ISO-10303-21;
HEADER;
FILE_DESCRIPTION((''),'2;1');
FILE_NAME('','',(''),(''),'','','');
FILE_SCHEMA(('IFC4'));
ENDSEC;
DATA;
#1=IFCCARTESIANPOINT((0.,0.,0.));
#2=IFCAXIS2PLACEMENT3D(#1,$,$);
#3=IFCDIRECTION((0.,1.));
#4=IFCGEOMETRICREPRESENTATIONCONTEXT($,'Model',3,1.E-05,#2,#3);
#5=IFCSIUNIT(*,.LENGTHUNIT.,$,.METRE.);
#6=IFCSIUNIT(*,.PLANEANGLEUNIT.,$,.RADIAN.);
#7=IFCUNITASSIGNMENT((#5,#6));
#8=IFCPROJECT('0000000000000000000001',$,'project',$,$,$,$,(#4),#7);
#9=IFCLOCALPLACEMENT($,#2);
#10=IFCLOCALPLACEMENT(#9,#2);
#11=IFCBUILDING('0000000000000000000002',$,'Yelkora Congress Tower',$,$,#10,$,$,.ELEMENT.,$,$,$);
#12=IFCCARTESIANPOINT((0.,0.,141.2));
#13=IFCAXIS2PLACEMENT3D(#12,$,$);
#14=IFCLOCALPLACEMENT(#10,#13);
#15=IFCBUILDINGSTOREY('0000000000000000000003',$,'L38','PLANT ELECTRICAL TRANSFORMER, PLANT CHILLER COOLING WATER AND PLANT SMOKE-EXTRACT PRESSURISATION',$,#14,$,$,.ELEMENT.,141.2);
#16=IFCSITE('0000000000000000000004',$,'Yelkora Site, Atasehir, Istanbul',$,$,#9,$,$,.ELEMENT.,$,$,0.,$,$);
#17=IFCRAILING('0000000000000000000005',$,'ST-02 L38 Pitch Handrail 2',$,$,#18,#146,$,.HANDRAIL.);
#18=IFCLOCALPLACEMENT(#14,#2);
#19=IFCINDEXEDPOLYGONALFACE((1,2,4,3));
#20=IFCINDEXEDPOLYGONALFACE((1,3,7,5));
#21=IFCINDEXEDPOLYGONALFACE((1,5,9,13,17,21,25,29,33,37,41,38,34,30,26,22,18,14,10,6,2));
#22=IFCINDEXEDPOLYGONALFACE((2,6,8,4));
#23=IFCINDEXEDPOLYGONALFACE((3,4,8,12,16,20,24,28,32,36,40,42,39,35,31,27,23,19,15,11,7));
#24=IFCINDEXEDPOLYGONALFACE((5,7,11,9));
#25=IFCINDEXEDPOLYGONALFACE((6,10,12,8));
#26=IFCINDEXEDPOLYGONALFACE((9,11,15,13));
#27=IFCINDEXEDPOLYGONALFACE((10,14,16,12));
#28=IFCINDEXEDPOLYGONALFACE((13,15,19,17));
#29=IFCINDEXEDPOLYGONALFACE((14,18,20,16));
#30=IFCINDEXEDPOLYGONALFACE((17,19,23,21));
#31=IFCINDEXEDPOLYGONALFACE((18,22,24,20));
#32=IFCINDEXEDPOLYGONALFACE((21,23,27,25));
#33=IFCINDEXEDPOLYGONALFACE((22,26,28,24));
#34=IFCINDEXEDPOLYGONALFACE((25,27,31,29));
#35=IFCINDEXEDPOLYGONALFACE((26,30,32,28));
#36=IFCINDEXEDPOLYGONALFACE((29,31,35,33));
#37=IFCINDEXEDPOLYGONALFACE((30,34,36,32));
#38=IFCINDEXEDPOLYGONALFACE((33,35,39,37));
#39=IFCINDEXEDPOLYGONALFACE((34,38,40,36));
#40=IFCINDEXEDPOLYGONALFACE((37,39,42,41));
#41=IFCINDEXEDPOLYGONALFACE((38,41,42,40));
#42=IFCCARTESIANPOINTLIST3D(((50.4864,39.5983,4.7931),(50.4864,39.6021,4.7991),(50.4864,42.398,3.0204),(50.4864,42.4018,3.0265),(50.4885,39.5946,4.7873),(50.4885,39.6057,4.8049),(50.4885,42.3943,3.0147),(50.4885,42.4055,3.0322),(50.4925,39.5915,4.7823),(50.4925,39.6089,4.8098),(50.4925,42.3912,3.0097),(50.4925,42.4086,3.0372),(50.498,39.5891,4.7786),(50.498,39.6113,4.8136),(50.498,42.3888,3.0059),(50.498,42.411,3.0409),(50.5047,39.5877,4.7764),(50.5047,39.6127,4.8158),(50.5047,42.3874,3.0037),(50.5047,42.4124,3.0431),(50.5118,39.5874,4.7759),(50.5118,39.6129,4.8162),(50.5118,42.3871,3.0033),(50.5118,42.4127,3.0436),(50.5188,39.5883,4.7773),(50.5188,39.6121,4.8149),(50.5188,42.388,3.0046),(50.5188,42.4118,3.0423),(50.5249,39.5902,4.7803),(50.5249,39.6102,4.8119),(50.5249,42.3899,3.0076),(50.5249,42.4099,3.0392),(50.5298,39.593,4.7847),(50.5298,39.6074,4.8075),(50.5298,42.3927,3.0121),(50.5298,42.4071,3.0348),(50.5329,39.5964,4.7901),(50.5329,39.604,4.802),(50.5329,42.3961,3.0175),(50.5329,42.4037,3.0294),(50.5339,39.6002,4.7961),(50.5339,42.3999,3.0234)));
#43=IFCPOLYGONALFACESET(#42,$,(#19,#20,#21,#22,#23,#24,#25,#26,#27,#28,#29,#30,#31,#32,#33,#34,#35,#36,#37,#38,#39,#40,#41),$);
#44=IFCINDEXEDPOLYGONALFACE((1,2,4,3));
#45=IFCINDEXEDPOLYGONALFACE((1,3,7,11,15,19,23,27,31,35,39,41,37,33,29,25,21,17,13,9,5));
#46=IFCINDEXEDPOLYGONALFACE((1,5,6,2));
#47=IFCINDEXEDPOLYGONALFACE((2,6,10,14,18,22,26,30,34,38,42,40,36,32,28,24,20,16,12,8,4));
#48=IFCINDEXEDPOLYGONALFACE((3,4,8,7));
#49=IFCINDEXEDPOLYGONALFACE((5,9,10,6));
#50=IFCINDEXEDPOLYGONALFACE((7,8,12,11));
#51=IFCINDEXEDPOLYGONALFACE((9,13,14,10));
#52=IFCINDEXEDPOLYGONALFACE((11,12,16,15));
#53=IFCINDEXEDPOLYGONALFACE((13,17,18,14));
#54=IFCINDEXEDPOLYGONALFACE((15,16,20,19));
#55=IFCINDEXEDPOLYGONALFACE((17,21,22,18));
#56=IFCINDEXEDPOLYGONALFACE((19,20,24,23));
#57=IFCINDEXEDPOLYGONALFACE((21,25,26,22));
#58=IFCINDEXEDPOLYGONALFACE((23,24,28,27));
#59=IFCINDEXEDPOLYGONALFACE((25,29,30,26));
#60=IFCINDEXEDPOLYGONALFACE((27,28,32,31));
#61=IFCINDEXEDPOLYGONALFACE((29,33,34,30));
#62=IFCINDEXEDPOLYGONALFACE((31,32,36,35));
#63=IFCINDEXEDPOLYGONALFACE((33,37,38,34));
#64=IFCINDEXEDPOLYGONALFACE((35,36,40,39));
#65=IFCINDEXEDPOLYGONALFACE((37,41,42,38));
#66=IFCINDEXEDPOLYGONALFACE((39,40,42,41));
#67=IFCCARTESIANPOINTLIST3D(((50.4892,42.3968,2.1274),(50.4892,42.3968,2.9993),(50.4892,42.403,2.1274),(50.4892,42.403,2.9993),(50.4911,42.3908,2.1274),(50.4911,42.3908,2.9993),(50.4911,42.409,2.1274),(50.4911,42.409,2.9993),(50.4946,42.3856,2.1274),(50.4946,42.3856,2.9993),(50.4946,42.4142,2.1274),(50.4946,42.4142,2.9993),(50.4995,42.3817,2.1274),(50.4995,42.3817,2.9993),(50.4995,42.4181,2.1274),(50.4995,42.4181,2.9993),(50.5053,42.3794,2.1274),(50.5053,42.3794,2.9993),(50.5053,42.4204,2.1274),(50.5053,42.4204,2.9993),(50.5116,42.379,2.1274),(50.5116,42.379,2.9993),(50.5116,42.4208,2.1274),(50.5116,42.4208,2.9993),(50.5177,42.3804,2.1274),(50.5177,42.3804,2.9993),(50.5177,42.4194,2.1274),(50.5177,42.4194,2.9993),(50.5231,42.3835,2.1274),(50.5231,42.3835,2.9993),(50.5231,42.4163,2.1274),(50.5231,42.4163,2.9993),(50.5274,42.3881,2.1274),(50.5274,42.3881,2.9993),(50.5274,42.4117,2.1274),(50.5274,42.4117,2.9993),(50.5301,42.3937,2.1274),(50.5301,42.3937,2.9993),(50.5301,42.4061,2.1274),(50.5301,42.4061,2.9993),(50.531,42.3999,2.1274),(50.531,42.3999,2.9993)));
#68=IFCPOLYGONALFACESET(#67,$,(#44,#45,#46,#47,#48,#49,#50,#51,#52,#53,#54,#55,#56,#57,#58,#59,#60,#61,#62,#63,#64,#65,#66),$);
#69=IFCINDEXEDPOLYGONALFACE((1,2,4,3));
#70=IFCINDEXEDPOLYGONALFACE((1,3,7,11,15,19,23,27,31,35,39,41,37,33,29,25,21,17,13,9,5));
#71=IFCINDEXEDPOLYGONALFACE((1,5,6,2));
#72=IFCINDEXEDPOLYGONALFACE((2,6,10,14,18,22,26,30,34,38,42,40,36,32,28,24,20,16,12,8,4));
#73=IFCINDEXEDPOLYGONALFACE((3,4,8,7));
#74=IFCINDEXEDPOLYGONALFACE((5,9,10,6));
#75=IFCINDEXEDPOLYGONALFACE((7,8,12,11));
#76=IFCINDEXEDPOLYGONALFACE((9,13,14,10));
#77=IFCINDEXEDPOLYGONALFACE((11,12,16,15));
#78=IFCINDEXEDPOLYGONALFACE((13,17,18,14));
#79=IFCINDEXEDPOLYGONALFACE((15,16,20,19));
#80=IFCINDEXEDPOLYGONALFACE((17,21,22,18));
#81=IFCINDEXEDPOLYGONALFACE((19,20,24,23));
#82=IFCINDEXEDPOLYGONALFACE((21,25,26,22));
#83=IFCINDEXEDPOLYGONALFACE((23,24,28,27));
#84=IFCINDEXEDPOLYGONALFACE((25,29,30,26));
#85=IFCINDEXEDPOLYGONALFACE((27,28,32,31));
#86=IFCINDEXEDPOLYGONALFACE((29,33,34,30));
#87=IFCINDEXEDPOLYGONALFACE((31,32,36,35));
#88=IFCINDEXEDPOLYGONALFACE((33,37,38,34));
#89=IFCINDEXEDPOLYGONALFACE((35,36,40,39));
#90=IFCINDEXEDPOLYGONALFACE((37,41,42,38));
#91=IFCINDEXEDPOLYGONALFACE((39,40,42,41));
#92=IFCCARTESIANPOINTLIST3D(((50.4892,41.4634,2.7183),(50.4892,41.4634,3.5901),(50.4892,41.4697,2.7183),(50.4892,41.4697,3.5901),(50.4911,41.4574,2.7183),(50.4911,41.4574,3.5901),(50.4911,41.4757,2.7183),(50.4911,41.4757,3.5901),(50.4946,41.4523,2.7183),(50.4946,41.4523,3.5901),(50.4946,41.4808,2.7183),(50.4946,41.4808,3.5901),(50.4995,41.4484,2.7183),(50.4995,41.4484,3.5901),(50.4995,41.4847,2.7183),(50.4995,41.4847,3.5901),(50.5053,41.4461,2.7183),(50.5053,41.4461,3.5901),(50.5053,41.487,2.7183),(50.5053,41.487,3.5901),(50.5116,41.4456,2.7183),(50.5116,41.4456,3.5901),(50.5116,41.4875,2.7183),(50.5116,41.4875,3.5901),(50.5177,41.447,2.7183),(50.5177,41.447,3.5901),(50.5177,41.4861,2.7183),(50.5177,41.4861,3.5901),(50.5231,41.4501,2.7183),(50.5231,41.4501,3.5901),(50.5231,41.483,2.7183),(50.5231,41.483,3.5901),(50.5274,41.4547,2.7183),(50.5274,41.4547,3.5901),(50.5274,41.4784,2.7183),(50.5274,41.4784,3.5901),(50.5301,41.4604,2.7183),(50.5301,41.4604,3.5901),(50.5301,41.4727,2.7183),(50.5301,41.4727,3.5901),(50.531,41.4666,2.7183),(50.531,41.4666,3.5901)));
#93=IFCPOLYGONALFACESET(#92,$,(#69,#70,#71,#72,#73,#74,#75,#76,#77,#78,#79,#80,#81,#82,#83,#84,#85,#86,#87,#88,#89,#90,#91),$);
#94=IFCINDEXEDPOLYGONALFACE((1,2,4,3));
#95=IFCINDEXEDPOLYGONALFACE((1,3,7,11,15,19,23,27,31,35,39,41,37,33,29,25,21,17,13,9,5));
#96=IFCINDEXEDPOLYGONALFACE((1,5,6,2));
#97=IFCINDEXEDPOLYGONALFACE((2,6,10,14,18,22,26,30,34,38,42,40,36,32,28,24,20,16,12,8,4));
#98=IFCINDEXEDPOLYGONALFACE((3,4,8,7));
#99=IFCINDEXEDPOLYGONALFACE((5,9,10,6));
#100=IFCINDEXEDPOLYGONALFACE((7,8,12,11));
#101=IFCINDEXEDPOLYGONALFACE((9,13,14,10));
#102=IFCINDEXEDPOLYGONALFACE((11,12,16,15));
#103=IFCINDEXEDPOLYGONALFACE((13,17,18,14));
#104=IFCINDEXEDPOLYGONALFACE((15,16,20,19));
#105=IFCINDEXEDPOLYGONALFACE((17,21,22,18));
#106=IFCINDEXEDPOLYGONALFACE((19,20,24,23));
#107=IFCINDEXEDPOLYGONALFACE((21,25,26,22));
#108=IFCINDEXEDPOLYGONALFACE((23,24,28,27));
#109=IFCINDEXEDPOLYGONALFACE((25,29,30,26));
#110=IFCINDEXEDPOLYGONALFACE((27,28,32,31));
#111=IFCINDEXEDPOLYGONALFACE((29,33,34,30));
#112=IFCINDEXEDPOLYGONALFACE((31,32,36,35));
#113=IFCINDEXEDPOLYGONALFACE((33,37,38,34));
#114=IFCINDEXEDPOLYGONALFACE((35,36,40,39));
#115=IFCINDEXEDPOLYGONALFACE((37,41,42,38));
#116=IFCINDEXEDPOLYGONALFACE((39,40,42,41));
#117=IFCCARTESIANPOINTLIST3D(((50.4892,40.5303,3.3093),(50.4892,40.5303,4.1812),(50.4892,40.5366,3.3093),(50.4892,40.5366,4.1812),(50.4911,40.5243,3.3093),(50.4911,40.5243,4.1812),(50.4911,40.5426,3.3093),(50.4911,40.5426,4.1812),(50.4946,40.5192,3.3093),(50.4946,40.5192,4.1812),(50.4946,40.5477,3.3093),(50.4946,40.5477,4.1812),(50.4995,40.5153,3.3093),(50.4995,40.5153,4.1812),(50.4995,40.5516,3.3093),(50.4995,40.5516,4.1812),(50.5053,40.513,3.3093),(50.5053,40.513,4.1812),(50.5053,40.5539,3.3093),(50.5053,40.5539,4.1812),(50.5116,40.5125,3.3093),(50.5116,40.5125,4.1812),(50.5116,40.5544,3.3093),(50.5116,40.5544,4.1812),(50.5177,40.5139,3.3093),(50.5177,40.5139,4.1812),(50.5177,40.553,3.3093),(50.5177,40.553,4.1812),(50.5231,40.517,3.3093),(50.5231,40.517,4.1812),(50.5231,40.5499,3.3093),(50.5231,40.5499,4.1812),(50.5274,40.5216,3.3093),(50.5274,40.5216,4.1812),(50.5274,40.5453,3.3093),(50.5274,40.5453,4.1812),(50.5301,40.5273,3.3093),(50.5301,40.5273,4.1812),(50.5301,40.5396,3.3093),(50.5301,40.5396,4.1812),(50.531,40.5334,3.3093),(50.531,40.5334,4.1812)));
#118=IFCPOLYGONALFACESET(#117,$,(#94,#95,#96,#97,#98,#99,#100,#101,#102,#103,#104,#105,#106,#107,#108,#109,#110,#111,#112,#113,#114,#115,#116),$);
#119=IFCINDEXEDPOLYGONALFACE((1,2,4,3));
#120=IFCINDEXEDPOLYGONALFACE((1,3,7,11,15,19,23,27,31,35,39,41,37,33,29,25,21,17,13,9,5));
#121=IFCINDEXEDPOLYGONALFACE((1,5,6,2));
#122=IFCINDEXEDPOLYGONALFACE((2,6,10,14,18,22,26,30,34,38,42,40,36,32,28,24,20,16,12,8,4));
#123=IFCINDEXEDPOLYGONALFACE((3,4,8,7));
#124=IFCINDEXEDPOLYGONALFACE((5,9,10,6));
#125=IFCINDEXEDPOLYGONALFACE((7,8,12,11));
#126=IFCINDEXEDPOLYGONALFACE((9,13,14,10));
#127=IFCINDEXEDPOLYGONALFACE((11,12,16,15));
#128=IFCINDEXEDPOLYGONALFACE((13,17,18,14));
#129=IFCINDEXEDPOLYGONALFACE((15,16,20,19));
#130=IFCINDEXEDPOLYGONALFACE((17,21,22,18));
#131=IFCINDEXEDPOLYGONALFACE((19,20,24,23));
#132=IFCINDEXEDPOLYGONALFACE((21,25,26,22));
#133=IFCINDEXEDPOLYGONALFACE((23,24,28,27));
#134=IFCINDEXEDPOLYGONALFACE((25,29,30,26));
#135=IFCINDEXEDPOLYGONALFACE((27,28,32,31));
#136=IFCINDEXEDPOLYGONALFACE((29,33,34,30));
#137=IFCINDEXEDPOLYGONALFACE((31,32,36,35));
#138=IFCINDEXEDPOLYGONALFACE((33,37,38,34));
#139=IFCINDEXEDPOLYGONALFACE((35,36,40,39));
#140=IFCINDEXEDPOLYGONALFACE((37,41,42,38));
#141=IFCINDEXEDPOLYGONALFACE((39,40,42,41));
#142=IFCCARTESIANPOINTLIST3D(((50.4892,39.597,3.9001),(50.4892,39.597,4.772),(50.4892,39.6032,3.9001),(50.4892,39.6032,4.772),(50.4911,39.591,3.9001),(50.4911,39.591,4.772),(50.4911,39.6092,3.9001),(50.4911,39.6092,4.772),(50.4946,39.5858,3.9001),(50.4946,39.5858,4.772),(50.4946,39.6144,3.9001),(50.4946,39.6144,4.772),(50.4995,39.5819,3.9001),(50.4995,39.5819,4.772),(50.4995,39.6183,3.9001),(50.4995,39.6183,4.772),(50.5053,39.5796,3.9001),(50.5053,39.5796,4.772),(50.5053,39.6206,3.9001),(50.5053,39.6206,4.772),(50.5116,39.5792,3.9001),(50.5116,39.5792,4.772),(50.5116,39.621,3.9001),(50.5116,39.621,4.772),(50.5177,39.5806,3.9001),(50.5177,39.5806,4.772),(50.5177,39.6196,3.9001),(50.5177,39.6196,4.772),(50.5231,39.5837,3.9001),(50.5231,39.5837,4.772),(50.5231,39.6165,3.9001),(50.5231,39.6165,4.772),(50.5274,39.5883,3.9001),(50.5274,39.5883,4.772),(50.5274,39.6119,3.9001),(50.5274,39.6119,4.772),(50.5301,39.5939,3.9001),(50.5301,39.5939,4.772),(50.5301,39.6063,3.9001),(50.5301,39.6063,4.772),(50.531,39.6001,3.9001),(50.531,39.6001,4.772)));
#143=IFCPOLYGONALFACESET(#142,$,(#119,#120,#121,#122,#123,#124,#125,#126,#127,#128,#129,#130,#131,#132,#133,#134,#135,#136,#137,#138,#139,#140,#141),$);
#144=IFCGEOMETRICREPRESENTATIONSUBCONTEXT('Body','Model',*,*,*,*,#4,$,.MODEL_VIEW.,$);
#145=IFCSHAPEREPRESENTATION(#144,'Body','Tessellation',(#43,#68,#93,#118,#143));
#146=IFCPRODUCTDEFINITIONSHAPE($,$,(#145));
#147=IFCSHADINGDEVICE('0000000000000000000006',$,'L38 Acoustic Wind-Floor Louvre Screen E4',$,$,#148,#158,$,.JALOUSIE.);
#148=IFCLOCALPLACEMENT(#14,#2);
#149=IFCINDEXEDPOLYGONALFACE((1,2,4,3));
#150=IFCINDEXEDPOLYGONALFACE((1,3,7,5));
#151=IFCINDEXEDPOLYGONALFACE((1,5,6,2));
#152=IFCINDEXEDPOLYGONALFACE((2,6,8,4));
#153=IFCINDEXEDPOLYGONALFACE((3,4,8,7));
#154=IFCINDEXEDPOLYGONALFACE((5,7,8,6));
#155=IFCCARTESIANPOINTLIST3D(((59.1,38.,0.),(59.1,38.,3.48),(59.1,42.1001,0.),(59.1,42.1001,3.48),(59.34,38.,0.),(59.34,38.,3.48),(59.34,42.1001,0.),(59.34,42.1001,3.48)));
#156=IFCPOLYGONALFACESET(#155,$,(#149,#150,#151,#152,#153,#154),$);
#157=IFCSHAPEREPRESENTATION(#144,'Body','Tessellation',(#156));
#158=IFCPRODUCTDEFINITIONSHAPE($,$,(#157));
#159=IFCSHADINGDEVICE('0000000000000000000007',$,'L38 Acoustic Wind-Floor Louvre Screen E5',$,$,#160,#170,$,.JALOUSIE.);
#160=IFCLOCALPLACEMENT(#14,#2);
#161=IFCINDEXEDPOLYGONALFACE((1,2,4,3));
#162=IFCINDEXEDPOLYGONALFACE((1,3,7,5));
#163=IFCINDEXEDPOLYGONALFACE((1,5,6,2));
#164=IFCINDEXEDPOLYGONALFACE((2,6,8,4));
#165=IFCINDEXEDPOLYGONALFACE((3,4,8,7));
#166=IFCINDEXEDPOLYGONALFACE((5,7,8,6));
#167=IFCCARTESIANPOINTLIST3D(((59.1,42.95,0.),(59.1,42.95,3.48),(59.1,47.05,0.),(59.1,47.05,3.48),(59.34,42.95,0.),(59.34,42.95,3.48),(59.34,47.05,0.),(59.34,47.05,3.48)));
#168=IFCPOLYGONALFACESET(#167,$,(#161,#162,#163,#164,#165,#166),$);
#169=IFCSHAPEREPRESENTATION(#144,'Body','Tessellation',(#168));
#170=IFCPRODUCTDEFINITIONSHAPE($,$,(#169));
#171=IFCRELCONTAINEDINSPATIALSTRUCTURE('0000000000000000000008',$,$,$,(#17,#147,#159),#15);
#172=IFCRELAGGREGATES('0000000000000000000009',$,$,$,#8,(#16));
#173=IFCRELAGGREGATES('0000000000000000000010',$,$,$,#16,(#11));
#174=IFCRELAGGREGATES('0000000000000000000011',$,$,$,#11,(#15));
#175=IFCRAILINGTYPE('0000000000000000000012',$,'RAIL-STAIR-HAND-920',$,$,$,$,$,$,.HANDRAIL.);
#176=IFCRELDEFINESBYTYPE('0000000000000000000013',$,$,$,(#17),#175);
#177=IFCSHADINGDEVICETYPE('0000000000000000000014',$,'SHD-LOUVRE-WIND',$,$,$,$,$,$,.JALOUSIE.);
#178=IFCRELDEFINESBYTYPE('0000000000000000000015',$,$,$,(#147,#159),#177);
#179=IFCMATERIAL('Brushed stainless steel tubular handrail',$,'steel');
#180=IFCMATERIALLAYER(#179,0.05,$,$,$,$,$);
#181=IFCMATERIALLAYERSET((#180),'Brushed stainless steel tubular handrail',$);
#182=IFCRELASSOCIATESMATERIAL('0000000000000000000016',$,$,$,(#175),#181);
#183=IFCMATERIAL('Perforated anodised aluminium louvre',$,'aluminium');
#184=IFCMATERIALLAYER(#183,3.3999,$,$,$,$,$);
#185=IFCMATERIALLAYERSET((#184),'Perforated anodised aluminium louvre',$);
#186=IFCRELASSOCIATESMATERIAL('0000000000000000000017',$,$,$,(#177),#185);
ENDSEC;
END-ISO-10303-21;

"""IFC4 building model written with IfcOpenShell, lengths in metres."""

from ifc_helpers import new_model, si_unit, direction, frame, origin, origin_2d, place, context, subcontext, project, spatial, rectangle, circle, extrude, material, layer, layer_set, type_object, element, save


model = new_model("IFC4")

# Units and contexts
model_context = context("Model", 3, precision=1e-05, world=origin(), true_north=direction((0.0, 1.0)))
body_context = subcontext(model_context, "Body", "Model", "MODEL_VIEW")
ifc_project = project(units=[si_unit("LENGTHUNIT", "METRE"), si_unit("PLANEANGLEUNIT", "RADIAN")], contexts=[model_context])

# Site, building, storey
site_placement = place(None, origin())
site = spatial("IfcSite", under=ifc_project, at=site_placement, Name="Yelkora Site, Atasehir, Istanbul", CompositionType="ELEMENT", RefElevation=0.0)
building_placement = place(site_placement, origin())
building = spatial("IfcBuilding", under=site, at=building_placement, Name="Yelkora Congress Tower", CompositionType="ELEMENT")
storey_placement = place(building_placement, frame((0.0, 0.0, 141.2)))
storey = spatial("IfcBuildingStorey", under=building, at=storey_placement, Name="L38", Description="PLANT ELECTRICAL TRANSFORMER, PLANT CHILLER COOLING WATER AND PLANT SMOKE-EXTRACT PRESSURISATION", CompositionType="ELEMENT", Elevation=141.2)

# Railing
ifc_material_1 = material(Name="Brushed stainless steel tubular handrail", Category="steel")
ifc_layer_1 = layer(ifc_material_1, 0.05)
ifc_layer_set_1 = layer_set([ifc_layer_1], Name="Brushed stainless steel tubular handrail")
railing_type_1 = type_object("IfcRailingType", Name="RAIL-STAIR-HAND-920", PredefinedType="HANDRAIL", material=ifc_layer_set_1)
railing_1_placement = place(storey_placement, frame((50.51, 42.3999, 2.1274)))
element("IfcRailing", 1, at=railing_1_placement, inside=storey, type_object=railing_type_1, Name="ST-02 L38 Pitch Handrail 2", PredefinedType="HANDRAIL", context=body_context, shape_type="SweptSolid", body=[
    extrude(circle(Radius=0.0239, at=origin_2d()), frame((0.0, 0.0, 0.896), z_axis=(0.0, -0.844888, 0.534943), x_axis=(1.0, 0.0, 0.0)), (0.0, 0.0, 1.0), 3.3137),
    extrude(circle(Radius=0.021, at=origin_2d()), origin(), (0.0, 0.0, 1.0), 0.8718),
    extrude(circle(Radius=0.021, at=origin_2d()), frame((0.0, -0.9333, 0.5908)), (0.0, 0.0, 1.0), 0.8718),
    extrude(circle(Radius=0.021, at=origin_2d()), frame((0.0, -1.8665, 1.1819)), (0.0, 0.0, 1.0), 0.8718),
    extrude(circle(Radius=0.021, at=origin_2d()), frame((0.0, -2.7998, 1.7727)), (0.0, 0.0, 1.0), 0.8718),
])

# Shading devices
ifc_material_2 = material(Name="Perforated anodised aluminium louvre", Category="aluminium")
ifc_layer_2 = layer(ifc_material_2, 3.3999)
ifc_layer_set_2 = layer_set([ifc_layer_2], Name="Perforated anodised aluminium louvre")
shading_device_type = type_object("IfcShadingDeviceType", Name="SHD-LOUVRE-WIND", PredefinedType="JALOUSIE", material=ifc_layer_set_2)
for number, where, z_axis, x_axis, name in (
    (2, (59.22, 40.05, 0.0), (0.0, 0.0, 1.0), (1.0, 0.0, 0.0), "L38 Acoustic Wind-Floor Louvre Screen E4"),
    (3, (59.22, 45.0, 0.0), (0.0, 0.0, 1.0), (1.0, 0.0, 0.0), "L38 Acoustic Wind-Floor Louvre Screen E5"),
):
    element("IfcShadingDevice", number, at=place(storey_placement, frame(where, z_axis=z_axis, x_axis=x_axis)), inside=storey, type_object=shading_device_type, Name=name, PredefinedType="JALOUSIE", context=body_context, shape_type="SweptSolid", body=[
        extrude(rectangle(XDim=0.24, YDim=4.1001, at=origin_2d()), origin(), (0.0, 0.0, 1.0), 3.48),
    ])

save(model, "model.ifc")
